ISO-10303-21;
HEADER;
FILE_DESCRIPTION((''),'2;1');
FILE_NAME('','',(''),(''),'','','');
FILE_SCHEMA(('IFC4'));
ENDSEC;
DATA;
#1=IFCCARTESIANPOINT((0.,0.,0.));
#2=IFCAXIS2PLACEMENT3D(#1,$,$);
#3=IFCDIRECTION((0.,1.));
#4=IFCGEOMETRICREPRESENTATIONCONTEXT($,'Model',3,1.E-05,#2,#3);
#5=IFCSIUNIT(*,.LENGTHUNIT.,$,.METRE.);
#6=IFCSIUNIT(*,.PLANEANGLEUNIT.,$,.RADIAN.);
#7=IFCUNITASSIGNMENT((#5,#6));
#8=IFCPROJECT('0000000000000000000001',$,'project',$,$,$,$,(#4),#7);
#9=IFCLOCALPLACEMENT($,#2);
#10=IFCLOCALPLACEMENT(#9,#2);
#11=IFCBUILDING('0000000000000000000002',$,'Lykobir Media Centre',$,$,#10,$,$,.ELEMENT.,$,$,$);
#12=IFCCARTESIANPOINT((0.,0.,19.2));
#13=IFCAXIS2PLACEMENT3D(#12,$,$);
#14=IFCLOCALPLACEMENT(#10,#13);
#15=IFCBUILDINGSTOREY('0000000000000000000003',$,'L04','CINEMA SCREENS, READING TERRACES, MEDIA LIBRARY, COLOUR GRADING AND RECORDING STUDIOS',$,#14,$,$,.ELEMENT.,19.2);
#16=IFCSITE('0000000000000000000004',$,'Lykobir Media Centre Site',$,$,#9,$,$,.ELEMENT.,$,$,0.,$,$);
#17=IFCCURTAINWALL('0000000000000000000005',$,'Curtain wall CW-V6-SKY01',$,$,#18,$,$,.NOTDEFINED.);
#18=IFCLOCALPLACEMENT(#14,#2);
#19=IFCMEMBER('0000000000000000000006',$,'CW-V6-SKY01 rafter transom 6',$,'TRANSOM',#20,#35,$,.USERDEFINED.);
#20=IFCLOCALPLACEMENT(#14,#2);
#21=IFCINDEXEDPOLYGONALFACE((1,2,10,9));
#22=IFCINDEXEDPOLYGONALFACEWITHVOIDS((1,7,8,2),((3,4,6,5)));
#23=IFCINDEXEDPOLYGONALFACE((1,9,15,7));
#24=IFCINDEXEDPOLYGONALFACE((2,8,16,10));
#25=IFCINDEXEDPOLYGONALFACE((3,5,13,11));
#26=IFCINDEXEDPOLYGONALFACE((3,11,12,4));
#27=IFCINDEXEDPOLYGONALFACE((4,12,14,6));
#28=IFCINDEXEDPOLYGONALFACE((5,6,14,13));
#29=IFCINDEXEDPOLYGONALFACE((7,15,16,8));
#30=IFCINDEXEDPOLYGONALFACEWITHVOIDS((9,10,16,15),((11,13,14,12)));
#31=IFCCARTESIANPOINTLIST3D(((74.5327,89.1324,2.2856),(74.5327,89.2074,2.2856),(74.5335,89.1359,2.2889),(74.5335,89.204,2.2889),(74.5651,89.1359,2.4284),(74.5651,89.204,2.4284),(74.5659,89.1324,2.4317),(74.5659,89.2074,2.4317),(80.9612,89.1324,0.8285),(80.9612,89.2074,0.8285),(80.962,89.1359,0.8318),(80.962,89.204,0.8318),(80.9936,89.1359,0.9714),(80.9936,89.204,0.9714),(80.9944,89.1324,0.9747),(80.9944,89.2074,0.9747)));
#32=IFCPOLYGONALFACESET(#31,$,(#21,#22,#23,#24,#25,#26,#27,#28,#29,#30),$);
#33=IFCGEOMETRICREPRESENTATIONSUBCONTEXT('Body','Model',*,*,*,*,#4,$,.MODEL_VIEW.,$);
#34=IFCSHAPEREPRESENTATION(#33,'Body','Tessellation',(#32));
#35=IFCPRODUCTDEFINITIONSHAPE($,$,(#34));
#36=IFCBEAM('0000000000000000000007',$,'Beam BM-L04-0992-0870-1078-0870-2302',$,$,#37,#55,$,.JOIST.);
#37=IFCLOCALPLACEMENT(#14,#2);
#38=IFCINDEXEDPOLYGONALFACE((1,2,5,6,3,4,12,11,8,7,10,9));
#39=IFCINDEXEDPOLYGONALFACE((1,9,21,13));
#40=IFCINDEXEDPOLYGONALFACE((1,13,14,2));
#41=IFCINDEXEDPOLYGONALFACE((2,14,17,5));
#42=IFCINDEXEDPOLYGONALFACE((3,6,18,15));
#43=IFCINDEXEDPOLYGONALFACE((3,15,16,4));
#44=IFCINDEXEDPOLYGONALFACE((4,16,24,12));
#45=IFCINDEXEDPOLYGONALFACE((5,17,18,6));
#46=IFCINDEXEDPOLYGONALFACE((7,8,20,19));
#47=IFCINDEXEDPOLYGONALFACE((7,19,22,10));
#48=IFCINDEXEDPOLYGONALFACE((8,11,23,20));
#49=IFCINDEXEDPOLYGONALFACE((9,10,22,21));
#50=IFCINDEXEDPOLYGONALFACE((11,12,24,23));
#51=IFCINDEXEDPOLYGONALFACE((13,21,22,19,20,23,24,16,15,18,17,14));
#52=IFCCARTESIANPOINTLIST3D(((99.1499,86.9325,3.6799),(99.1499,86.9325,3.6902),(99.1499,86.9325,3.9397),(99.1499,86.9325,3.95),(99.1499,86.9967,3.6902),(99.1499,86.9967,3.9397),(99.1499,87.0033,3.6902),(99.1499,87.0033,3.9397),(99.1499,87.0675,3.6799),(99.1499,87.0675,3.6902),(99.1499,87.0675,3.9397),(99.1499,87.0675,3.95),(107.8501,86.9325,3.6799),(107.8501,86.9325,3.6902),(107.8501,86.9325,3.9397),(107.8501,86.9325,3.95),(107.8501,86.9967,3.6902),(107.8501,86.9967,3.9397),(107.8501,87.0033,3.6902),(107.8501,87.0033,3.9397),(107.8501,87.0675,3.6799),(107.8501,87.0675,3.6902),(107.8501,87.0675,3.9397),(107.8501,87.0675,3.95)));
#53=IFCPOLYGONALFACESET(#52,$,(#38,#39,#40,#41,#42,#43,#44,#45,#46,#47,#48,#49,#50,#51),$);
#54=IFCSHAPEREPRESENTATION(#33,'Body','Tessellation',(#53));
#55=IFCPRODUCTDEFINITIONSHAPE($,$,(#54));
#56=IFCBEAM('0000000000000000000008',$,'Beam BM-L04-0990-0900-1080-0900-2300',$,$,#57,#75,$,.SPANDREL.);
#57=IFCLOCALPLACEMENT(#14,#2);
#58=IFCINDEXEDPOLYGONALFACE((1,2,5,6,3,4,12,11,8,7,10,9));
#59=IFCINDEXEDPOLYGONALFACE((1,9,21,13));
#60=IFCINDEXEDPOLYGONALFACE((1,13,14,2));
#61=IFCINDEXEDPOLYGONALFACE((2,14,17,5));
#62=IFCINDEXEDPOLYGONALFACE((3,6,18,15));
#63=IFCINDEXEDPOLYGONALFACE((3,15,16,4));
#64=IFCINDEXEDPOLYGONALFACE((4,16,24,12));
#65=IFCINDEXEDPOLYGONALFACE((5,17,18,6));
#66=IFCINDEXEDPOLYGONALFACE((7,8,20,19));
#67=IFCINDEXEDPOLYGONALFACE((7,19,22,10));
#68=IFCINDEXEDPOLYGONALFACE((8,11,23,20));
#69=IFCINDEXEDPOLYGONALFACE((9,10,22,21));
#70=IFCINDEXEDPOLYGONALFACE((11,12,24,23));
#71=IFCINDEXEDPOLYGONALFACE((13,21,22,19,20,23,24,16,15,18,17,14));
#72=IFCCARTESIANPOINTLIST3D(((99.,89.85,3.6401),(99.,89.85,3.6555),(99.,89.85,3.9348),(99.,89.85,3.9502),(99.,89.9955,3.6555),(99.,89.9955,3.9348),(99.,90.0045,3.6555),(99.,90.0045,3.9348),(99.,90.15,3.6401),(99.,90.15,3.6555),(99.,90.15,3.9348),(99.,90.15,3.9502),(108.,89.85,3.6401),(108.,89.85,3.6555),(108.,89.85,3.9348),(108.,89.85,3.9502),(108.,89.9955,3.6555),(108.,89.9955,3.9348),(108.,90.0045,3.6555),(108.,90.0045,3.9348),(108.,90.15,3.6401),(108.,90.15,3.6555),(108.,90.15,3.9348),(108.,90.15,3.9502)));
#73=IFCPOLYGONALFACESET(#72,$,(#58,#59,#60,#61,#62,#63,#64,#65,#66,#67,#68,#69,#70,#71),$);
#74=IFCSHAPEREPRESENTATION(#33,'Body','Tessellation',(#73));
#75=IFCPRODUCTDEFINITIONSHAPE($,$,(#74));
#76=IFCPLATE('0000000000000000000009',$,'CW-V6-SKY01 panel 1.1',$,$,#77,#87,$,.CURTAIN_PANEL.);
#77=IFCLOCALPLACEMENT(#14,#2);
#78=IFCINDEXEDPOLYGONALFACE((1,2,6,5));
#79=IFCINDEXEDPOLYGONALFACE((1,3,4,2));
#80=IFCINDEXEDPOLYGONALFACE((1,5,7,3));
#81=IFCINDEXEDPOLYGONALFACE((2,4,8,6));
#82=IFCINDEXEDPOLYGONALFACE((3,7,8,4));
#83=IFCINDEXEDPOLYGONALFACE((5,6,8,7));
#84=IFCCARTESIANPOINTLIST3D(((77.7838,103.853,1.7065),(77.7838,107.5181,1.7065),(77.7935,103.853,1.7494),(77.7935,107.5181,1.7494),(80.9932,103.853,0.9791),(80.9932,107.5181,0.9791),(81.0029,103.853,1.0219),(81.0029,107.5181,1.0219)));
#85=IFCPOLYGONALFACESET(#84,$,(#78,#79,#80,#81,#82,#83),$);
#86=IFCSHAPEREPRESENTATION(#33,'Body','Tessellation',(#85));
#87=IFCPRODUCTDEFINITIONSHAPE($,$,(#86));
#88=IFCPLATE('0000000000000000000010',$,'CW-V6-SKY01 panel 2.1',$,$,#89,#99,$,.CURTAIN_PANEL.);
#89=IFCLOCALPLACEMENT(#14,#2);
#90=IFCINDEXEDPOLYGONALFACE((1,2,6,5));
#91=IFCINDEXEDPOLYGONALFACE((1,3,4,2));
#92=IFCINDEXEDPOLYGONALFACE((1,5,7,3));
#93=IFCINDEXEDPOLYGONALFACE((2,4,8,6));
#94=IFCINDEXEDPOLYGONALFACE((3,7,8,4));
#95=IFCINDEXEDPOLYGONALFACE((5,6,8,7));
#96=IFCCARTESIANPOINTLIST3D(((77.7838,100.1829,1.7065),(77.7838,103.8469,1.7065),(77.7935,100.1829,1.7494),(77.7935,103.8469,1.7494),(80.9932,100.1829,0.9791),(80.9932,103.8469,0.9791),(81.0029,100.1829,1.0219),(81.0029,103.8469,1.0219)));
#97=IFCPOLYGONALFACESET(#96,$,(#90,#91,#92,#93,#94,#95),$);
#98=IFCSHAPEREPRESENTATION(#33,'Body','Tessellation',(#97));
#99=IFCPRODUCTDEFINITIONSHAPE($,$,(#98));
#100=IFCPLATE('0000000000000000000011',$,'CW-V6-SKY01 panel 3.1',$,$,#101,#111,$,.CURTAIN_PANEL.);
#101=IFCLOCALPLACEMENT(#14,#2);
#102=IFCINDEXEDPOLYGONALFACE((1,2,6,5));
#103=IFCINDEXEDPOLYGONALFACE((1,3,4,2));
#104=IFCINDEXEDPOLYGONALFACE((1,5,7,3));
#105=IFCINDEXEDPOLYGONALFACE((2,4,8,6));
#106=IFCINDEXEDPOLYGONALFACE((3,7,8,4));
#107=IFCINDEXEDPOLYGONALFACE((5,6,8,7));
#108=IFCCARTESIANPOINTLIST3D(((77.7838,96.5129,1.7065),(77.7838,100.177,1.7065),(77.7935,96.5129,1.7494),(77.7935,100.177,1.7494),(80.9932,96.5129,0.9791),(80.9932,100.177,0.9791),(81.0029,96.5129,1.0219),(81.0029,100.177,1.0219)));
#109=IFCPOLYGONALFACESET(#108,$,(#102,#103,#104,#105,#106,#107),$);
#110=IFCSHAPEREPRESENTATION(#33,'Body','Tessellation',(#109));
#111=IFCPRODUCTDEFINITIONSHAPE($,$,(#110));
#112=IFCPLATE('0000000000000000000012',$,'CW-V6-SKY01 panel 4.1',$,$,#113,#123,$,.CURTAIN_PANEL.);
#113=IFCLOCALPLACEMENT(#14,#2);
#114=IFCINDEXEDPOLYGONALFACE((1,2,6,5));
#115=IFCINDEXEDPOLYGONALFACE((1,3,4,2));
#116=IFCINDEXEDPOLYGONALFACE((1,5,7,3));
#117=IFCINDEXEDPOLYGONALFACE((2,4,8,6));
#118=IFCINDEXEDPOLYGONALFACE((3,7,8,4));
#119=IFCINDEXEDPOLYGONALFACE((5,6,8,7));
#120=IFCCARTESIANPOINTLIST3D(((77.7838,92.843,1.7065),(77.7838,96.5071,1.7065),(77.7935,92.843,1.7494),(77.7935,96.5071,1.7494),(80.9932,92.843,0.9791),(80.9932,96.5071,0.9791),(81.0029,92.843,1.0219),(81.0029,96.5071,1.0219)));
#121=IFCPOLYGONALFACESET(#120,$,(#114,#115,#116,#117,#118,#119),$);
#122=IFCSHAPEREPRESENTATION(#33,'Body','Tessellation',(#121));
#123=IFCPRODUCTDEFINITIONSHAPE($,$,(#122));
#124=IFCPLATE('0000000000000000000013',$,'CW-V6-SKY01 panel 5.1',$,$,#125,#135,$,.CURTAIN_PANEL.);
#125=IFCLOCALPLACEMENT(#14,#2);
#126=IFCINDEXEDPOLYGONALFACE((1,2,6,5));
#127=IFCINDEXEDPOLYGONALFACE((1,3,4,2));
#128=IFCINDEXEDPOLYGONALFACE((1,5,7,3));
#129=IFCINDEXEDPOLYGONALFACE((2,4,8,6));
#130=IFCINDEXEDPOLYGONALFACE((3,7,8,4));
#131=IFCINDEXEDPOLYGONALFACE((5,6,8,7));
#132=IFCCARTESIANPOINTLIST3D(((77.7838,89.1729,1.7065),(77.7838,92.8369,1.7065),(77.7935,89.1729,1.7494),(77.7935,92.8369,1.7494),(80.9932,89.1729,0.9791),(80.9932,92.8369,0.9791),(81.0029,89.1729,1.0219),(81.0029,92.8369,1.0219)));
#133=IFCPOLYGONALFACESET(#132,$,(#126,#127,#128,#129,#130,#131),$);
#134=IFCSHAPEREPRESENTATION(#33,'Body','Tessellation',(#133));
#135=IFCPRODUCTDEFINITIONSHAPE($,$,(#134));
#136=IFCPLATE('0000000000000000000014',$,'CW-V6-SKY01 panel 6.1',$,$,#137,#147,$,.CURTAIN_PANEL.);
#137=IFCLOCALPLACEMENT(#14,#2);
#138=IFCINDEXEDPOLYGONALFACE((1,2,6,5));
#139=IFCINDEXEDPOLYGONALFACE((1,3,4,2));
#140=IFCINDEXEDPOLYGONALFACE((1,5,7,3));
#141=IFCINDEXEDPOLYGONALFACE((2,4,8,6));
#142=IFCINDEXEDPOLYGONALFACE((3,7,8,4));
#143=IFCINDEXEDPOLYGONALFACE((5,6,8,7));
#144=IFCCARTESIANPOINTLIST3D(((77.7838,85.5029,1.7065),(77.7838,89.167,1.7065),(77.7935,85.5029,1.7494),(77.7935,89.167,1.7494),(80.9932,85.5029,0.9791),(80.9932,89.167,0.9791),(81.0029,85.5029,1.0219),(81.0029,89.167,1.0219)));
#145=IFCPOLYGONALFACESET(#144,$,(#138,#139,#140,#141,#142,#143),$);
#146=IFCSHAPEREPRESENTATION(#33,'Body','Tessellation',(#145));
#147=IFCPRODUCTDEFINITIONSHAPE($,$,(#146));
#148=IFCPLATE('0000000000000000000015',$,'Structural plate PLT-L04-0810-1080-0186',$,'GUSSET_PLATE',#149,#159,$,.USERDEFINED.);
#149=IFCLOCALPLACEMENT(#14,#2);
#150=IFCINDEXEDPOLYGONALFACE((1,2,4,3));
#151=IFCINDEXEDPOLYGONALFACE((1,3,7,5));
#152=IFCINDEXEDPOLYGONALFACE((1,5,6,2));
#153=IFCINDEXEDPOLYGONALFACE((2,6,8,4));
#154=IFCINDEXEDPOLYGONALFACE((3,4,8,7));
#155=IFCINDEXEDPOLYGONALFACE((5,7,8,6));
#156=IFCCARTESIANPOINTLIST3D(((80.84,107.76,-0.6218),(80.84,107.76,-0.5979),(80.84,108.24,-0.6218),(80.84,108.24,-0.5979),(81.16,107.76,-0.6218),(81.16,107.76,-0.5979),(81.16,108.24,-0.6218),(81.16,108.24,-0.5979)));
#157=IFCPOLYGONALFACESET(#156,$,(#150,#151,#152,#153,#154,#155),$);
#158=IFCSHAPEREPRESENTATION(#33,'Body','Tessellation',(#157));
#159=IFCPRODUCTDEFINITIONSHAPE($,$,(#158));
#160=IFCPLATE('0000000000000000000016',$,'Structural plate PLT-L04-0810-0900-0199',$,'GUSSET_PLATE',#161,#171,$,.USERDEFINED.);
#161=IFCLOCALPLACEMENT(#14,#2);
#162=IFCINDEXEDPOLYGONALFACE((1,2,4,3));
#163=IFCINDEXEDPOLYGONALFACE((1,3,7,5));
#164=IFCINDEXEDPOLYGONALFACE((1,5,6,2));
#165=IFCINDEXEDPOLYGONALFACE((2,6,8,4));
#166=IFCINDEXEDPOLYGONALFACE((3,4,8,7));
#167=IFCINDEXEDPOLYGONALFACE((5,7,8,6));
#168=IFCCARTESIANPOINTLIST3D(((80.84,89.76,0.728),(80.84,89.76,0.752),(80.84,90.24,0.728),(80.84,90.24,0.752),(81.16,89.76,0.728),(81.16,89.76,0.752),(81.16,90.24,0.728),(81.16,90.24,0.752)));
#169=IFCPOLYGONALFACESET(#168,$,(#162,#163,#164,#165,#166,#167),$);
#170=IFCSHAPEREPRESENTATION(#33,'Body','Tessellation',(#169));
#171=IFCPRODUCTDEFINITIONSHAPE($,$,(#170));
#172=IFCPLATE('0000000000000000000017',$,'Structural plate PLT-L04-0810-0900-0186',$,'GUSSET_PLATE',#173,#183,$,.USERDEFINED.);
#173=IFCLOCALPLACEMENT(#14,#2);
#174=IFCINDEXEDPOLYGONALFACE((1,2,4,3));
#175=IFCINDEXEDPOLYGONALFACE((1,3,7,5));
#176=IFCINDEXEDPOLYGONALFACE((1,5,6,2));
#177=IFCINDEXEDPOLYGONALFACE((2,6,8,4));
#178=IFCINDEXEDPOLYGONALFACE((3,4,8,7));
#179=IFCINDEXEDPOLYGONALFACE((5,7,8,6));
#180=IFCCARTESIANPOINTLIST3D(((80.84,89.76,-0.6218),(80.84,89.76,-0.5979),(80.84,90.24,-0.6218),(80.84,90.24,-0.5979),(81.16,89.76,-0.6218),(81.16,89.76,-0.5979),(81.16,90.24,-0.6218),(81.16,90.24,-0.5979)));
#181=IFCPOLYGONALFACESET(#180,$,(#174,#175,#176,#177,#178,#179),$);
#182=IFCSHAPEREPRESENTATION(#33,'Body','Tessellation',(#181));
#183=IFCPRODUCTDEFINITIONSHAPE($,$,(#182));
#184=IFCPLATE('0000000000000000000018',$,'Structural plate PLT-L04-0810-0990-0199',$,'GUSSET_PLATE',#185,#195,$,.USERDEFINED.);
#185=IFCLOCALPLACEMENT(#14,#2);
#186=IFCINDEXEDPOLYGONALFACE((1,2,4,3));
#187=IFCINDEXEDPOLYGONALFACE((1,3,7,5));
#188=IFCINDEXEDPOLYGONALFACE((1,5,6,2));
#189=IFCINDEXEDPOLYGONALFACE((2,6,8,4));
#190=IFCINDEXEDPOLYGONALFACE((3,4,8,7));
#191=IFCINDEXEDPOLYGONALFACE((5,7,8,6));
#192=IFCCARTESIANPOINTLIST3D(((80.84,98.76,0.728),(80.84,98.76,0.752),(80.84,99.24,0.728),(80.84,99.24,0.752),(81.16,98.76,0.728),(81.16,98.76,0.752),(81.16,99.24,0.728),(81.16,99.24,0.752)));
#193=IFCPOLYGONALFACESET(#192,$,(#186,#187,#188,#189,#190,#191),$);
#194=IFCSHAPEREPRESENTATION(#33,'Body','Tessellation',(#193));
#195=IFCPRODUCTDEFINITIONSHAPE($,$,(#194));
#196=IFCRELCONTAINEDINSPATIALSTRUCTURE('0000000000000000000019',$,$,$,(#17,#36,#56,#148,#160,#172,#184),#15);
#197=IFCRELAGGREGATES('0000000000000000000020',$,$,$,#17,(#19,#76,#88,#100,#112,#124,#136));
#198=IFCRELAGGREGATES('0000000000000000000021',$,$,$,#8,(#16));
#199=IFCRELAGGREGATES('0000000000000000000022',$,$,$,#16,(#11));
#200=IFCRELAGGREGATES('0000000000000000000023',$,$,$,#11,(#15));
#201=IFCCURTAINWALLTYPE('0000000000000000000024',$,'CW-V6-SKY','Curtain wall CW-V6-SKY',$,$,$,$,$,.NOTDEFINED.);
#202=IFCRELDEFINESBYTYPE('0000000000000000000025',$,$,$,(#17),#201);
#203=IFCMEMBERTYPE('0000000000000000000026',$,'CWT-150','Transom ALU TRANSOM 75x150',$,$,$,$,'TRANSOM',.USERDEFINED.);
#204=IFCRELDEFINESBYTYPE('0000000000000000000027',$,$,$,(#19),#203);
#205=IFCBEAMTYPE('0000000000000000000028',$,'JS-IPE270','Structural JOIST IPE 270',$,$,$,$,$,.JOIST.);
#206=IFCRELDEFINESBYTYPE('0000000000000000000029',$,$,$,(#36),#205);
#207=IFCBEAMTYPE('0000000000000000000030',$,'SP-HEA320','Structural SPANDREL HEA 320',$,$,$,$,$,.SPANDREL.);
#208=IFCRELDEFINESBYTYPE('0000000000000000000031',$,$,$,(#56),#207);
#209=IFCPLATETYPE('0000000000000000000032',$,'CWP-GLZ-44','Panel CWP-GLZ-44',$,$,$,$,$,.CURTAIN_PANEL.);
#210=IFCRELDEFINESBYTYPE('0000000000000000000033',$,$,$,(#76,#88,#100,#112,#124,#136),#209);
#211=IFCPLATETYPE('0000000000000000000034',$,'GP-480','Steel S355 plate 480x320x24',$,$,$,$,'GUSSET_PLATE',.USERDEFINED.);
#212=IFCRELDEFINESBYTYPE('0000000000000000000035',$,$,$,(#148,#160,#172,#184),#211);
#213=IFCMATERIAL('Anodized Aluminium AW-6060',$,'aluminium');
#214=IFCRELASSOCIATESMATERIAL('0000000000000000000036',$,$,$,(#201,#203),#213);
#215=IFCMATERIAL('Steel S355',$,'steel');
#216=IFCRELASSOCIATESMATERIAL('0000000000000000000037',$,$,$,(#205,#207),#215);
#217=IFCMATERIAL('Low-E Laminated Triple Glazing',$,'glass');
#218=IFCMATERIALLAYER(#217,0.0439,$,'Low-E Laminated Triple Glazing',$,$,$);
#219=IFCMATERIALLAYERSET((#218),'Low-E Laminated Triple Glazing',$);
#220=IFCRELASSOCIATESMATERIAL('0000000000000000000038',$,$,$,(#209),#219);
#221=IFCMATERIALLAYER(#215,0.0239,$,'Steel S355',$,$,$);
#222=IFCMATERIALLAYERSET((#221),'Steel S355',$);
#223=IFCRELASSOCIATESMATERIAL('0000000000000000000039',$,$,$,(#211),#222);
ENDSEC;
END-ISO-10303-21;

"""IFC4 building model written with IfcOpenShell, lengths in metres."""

from ifc_helpers import new_model, si_unit, direction, frame, origin, origin_2d, place, context, subcontext, project, spatial, rectangle, hollow_rectangle, i_section, extrude, material, layer, layer_set, material_profile, profile_set, type_object, element, aggregate, save


model = new_model("IFC4")

# Units and contexts
model_context = context("Model", 3, precision=1e-05, world=origin(), true_north=direction((0.0, 1.0)))
body_context = subcontext(model_context, "Body", "Model", "MODEL_VIEW")
ifc_project = project(units=[si_unit("LENGTHUNIT", "METRE"), si_unit("PLANEANGLEUNIT", "RADIAN")], contexts=[model_context])

# Site, building, storey
site_placement = place(None, origin())
site = spatial("IfcSite", under=ifc_project, at=site_placement, Name="Lykobir Media Centre Site", CompositionType="ELEMENT", RefElevation=0.0)
building_placement = place(site_placement, origin())
building = spatial("IfcBuilding", under=site, at=building_placement, Name="Lykobir Media Centre", CompositionType="ELEMENT")
storey_placement = place(building_placement, frame((0.0, 0.0, 19.2)))
storey = spatial("IfcBuildingStorey", under=building, at=storey_placement, Name="L04", Description="CINEMA SCREENS, READING TERRACES, MEDIA LIBRARY, COLOUR GRADING AND RECORDING STUDIOS", CompositionType="ELEMENT", Elevation=19.2)

# Shared definitions
ifc_material_1 = material(Name="Steel S355", Category="steel")

# Curtain wall, member
ifc_material_2 = material(Name="Anodized Aluminium AW-6060", Category="aluminium")
curtain_wall_type = type_object("IfcCurtainWallType", Name="CW-V6-SKY", Description="Curtain wall CW-V6-SKY", PredefinedType="NOTDEFINED", material=ifc_material_2)
curtain_wall_placement = place(storey_placement, origin())
curtain_wall = element("IfcCurtainWall", 1, at=curtain_wall_placement, inside=storey, type_object=curtain_wall_type, Name="Curtain wall CW-V6-SKY01", PredefinedType="NOTDEFINED")
ifc_material_profile_1 = material_profile(ifc_material_2, hollow_rectangle(XDim=0.075, YDim=0.1499, WallThickness=0.0034, at=origin_2d()), Name="ALU TRANSOM 75x150")
ifc_profile_set_1 = profile_set([ifc_material_profile_1], Name="Anodized Aluminium AW-6060")
member_type_1 = type_object("IfcMemberType", Name="CWT-150", Description="Transom ALU TRANSOM 75x150", ElementType="TRANSOM", PredefinedType="USERDEFINED", material=ifc_profile_set_1)
member_1_placement = place(storey_placement, frame((80.9778, 89.1699, 0.9016), z_axis=(-0.975263, 0.0, 0.221046), x_axis=(0.0, -1.0, 0.0)))
member_1 = element("IfcMember", 2, at=member_1_placement, type_object=member_type_1, Name="CW-V6-SKY01 rafter transom 6", ObjectType="TRANSOM", PredefinedType="USERDEFINED", context=body_context, shape_type="SweptSolid", body=[
    extrude(hollow_rectangle(XDim=0.075, YDim=0.1499, WallThickness=0.0034, at=origin_2d()), origin(), (0.0, 0.0, 1.0), 6.5916),
])

# Beams
ifc_material_profile_2 = material_profile(ifc_material_1, i_section(OverallWidth=0.135, OverallDepth=0.27, WebThickness=0.0066, FlangeThickness=0.0103, at=origin_2d()), Name="IPE 270")
ifc_profile_set_2 = profile_set([ifc_material_profile_2], Name="Steel S355")
beam_type_1 = type_object("IfcBeamType", Name="JS-IPE270", Description="Structural JOIST IPE 270", PredefinedType="JOIST", material=ifc_profile_set_2)
beam_1_placement = place(storey_placement, frame((99.1499, 87.0, 3.8149), z_axis=(1.0, 0.0, 0.0), x_axis=(0.0, 1.0, 0.0)))
element("IfcBeam", 3, at=beam_1_placement, inside=storey, type_object=beam_type_1, Name="Beam BM-L04-0992-0870-1078-0870-2302", PredefinedType="JOIST", context=body_context, shape_type="SweptSolid", body=[
    extrude(i_section(OverallWidth=0.135, OverallDepth=0.27, WebThickness=0.0066, FlangeThickness=0.0103, at=origin_2d()), origin(), (0.0, 0.0, 1.0), 8.7002),
])
ifc_material_profile_3 = material_profile(ifc_material_1, i_section(OverallWidth=0.3, OverallDepth=0.3101, WebThickness=0.009, FlangeThickness=0.0154, at=origin_2d()), Name="HEA 320")
ifc_profile_set_3 = profile_set([ifc_material_profile_3], Name="Steel S355")
beam_type_2 = type_object("IfcBeamType", Name="SP-HEA320", Description="Structural SPANDREL HEA 320", PredefinedType="SPANDREL", material=ifc_profile_set_3)
beam_2_placement = place(storey_placement, frame((99.0, 90.0, 3.7952), z_axis=(1.0, 0.0, 0.0), x_axis=(0.0, 1.0, 0.0)))
element("IfcBeam", 4, at=beam_2_placement, inside=storey, type_object=beam_type_2, Name="Beam BM-L04-0990-0900-1080-0900-2300", PredefinedType="SPANDREL", context=body_context, shape_type="SweptSolid", body=[
    extrude(i_section(OverallWidth=0.3, OverallDepth=0.3101, WebThickness=0.009, FlangeThickness=0.0154, at=origin_2d()), origin(), (0.0, 0.0, 1.0), 9.0),
])

# Plates
ifc_material_3 = material(Name="Low-E Laminated Triple Glazing", Category="glass")
ifc_layer_1 = layer(ifc_material_3, 0.0439, Name="Low-E Laminated Triple Glazing")
ifc_layer_set_1 = layer_set([ifc_layer_1], Name="Low-E Laminated Triple Glazing")
plate_type_1 = type_object("IfcPlateType", Name="CWP-GLZ-44", Description="Panel CWP-GLZ-44", PredefinedType="CURTAIN_PANEL", material=ifc_layer_set_1)
plate_1_placement = place(storey_placement, frame((80.998, 105.6855, 1.0005), z_axis=(-0.975261, 0.0, 0.221055), x_axis=(0.0, -1.0, 0.0)))
plate_1 = element("IfcPlate", 5, at=plate_1_placement, type_object=plate_type_1, Name="CW-V6-SKY01 panel 1.1", PredefinedType="CURTAIN_PANEL", context=body_context, shape_type="SweptSolid", body=[
    extrude(rectangle(XDim=3.665, YDim=0.0439, at=origin_2d()), origin(), (0.0, 0.0, 1.0), 3.2908),
])
plate_2_placement = place(storey_placement, frame((80.998, 102.0149, 1.0005), z_axis=(-0.975261, 0.0, 0.221055), x_axis=(0.0, -1.0, 0.0)))
plate_2 = element("IfcPlate", 6, at=plate_2_placement, type_object=plate_type_1, Name="CW-V6-SKY01 panel 2.1", PredefinedType="CURTAIN_PANEL", context=body_context, shape_type="SweptSolid", body=[
    extrude(rectangle(XDim=3.6641, YDim=0.0439, at=origin_2d()), origin(), (0.0, 0.0, 1.0), 3.2908),
])
plate_3_placement = place(storey_placement, frame((80.998, 98.345, 1.0005), z_axis=(-0.975261, 0.0, 0.221055), x_axis=(0.0, -1.0, 0.0)))
plate_3 = element("IfcPlate", 7, at=plate_3_placement, type_object=plate_type_1, Name="CW-V6-SKY01 panel 3.1", PredefinedType="CURTAIN_PANEL", context=body_context, shape_type="SweptSolid", body=[
    extrude(rectangle(XDim=3.6641, YDim=0.0439, at=origin_2d()), origin(), (0.0, 0.0, 1.0), 3.2908),
])
plate_4_placement = place(storey_placement, frame((80.998, 94.675, 1.0005), z_axis=(-0.975261, 0.0, 0.221055), x_axis=(0.0, -1.0, 0.0)))
plate_4 = element("IfcPlate", 8, at=plate_4_placement, type_object=plate_type_1, Name="CW-V6-SKY01 panel 4.1", PredefinedType="CURTAIN_PANEL", context=body_context, shape_type="SweptSolid", body=[
    extrude(rectangle(XDim=3.6641, YDim=0.0439, at=origin_2d()), origin(), (0.0, 0.0, 1.0), 3.2908),
])
plate_5_placement = place(storey_placement, frame((80.998, 91.0049, 1.0005), z_axis=(-0.975261, 0.0, 0.221055), x_axis=(0.0, -1.0, 0.0)))
plate_5 = element("IfcPlate", 9, at=plate_5_placement, type_object=plate_type_1, Name="CW-V6-SKY01 panel 5.1", PredefinedType="CURTAIN_PANEL", context=body_context, shape_type="SweptSolid", body=[
    extrude(rectangle(XDim=3.6641, YDim=0.0439, at=origin_2d()), origin(), (0.0, 0.0, 1.0), 3.2908),
])
plate_6_placement = place(storey_placement, frame((80.998, 87.335, 1.0005), z_axis=(-0.975261, 0.0, 0.221055), x_axis=(0.0, -1.0, 0.0)))
plate_6 = element("IfcPlate", 10, at=plate_6_placement, type_object=plate_type_1, Name="CW-V6-SKY01 panel 6.1", PredefinedType="CURTAIN_PANEL", context=body_context, shape_type="SweptSolid", body=[
    extrude(rectangle(XDim=3.6641, YDim=0.0439, at=origin_2d()), origin(), (0.0, 0.0, 1.0), 3.2908),
])
aggregate(curtain_wall, [member_1, plate_1, plate_2, plate_3, plate_4, plate_5, plate_6])

# Plates
ifc_layer_2 = layer(ifc_material_1, 0.0239, Name="Steel S355")
ifc_layer_set_2 = layer_set([ifc_layer_2], Name="Steel S355")
plate_type_2 = type_object("IfcPlateType", Name="GP-480", Description="Steel S355 plate 480x320x24", ElementType="GUSSET_PLATE", PredefinedType="USERDEFINED", material=ifc_layer_set_2)
for number, where, z_axis, x_axis, name in (
    (11, (81.0, 108.0, -0.6218), (0.0, 0.0, 1.0), (0.0, 1.0, 0.0), "Structural plate PLT-L04-0810-1080-0186"),
    (12, (81.0, 90.0, 0.728), (0.0, 0.0, 1.0), (0.0, 1.0, 0.0), "Structural plate PLT-L04-0810-0900-0199"),
    (13, (81.0, 90.0, -0.6218), (0.0, 0.0, 1.0), (0.0, 1.0, 0.0), "Structural plate PLT-L04-0810-0900-0186"),
    (14, (81.0, 99.0, 0.728), (0.0, 0.0, 1.0), (0.0, 1.0, 0.0), "Structural plate PLT-L04-0810-0990-0199"),
):
    element("IfcPlate", number, at=place(storey_placement, frame(where, z_axis=z_axis, x_axis=x_axis)), inside=storey, type_object=plate_type_2, Name=name, ObjectType="GUSSET_PLATE", PredefinedType="USERDEFINED", context=body_context, shape_type="SweptSolid", body=[
        extrude(rectangle(XDim=0.48, YDim=0.3201, at=origin_2d()), origin(), (0.0, 0.0, 1.0), 0.0239),
    ])

save(model, "model.ifc")
